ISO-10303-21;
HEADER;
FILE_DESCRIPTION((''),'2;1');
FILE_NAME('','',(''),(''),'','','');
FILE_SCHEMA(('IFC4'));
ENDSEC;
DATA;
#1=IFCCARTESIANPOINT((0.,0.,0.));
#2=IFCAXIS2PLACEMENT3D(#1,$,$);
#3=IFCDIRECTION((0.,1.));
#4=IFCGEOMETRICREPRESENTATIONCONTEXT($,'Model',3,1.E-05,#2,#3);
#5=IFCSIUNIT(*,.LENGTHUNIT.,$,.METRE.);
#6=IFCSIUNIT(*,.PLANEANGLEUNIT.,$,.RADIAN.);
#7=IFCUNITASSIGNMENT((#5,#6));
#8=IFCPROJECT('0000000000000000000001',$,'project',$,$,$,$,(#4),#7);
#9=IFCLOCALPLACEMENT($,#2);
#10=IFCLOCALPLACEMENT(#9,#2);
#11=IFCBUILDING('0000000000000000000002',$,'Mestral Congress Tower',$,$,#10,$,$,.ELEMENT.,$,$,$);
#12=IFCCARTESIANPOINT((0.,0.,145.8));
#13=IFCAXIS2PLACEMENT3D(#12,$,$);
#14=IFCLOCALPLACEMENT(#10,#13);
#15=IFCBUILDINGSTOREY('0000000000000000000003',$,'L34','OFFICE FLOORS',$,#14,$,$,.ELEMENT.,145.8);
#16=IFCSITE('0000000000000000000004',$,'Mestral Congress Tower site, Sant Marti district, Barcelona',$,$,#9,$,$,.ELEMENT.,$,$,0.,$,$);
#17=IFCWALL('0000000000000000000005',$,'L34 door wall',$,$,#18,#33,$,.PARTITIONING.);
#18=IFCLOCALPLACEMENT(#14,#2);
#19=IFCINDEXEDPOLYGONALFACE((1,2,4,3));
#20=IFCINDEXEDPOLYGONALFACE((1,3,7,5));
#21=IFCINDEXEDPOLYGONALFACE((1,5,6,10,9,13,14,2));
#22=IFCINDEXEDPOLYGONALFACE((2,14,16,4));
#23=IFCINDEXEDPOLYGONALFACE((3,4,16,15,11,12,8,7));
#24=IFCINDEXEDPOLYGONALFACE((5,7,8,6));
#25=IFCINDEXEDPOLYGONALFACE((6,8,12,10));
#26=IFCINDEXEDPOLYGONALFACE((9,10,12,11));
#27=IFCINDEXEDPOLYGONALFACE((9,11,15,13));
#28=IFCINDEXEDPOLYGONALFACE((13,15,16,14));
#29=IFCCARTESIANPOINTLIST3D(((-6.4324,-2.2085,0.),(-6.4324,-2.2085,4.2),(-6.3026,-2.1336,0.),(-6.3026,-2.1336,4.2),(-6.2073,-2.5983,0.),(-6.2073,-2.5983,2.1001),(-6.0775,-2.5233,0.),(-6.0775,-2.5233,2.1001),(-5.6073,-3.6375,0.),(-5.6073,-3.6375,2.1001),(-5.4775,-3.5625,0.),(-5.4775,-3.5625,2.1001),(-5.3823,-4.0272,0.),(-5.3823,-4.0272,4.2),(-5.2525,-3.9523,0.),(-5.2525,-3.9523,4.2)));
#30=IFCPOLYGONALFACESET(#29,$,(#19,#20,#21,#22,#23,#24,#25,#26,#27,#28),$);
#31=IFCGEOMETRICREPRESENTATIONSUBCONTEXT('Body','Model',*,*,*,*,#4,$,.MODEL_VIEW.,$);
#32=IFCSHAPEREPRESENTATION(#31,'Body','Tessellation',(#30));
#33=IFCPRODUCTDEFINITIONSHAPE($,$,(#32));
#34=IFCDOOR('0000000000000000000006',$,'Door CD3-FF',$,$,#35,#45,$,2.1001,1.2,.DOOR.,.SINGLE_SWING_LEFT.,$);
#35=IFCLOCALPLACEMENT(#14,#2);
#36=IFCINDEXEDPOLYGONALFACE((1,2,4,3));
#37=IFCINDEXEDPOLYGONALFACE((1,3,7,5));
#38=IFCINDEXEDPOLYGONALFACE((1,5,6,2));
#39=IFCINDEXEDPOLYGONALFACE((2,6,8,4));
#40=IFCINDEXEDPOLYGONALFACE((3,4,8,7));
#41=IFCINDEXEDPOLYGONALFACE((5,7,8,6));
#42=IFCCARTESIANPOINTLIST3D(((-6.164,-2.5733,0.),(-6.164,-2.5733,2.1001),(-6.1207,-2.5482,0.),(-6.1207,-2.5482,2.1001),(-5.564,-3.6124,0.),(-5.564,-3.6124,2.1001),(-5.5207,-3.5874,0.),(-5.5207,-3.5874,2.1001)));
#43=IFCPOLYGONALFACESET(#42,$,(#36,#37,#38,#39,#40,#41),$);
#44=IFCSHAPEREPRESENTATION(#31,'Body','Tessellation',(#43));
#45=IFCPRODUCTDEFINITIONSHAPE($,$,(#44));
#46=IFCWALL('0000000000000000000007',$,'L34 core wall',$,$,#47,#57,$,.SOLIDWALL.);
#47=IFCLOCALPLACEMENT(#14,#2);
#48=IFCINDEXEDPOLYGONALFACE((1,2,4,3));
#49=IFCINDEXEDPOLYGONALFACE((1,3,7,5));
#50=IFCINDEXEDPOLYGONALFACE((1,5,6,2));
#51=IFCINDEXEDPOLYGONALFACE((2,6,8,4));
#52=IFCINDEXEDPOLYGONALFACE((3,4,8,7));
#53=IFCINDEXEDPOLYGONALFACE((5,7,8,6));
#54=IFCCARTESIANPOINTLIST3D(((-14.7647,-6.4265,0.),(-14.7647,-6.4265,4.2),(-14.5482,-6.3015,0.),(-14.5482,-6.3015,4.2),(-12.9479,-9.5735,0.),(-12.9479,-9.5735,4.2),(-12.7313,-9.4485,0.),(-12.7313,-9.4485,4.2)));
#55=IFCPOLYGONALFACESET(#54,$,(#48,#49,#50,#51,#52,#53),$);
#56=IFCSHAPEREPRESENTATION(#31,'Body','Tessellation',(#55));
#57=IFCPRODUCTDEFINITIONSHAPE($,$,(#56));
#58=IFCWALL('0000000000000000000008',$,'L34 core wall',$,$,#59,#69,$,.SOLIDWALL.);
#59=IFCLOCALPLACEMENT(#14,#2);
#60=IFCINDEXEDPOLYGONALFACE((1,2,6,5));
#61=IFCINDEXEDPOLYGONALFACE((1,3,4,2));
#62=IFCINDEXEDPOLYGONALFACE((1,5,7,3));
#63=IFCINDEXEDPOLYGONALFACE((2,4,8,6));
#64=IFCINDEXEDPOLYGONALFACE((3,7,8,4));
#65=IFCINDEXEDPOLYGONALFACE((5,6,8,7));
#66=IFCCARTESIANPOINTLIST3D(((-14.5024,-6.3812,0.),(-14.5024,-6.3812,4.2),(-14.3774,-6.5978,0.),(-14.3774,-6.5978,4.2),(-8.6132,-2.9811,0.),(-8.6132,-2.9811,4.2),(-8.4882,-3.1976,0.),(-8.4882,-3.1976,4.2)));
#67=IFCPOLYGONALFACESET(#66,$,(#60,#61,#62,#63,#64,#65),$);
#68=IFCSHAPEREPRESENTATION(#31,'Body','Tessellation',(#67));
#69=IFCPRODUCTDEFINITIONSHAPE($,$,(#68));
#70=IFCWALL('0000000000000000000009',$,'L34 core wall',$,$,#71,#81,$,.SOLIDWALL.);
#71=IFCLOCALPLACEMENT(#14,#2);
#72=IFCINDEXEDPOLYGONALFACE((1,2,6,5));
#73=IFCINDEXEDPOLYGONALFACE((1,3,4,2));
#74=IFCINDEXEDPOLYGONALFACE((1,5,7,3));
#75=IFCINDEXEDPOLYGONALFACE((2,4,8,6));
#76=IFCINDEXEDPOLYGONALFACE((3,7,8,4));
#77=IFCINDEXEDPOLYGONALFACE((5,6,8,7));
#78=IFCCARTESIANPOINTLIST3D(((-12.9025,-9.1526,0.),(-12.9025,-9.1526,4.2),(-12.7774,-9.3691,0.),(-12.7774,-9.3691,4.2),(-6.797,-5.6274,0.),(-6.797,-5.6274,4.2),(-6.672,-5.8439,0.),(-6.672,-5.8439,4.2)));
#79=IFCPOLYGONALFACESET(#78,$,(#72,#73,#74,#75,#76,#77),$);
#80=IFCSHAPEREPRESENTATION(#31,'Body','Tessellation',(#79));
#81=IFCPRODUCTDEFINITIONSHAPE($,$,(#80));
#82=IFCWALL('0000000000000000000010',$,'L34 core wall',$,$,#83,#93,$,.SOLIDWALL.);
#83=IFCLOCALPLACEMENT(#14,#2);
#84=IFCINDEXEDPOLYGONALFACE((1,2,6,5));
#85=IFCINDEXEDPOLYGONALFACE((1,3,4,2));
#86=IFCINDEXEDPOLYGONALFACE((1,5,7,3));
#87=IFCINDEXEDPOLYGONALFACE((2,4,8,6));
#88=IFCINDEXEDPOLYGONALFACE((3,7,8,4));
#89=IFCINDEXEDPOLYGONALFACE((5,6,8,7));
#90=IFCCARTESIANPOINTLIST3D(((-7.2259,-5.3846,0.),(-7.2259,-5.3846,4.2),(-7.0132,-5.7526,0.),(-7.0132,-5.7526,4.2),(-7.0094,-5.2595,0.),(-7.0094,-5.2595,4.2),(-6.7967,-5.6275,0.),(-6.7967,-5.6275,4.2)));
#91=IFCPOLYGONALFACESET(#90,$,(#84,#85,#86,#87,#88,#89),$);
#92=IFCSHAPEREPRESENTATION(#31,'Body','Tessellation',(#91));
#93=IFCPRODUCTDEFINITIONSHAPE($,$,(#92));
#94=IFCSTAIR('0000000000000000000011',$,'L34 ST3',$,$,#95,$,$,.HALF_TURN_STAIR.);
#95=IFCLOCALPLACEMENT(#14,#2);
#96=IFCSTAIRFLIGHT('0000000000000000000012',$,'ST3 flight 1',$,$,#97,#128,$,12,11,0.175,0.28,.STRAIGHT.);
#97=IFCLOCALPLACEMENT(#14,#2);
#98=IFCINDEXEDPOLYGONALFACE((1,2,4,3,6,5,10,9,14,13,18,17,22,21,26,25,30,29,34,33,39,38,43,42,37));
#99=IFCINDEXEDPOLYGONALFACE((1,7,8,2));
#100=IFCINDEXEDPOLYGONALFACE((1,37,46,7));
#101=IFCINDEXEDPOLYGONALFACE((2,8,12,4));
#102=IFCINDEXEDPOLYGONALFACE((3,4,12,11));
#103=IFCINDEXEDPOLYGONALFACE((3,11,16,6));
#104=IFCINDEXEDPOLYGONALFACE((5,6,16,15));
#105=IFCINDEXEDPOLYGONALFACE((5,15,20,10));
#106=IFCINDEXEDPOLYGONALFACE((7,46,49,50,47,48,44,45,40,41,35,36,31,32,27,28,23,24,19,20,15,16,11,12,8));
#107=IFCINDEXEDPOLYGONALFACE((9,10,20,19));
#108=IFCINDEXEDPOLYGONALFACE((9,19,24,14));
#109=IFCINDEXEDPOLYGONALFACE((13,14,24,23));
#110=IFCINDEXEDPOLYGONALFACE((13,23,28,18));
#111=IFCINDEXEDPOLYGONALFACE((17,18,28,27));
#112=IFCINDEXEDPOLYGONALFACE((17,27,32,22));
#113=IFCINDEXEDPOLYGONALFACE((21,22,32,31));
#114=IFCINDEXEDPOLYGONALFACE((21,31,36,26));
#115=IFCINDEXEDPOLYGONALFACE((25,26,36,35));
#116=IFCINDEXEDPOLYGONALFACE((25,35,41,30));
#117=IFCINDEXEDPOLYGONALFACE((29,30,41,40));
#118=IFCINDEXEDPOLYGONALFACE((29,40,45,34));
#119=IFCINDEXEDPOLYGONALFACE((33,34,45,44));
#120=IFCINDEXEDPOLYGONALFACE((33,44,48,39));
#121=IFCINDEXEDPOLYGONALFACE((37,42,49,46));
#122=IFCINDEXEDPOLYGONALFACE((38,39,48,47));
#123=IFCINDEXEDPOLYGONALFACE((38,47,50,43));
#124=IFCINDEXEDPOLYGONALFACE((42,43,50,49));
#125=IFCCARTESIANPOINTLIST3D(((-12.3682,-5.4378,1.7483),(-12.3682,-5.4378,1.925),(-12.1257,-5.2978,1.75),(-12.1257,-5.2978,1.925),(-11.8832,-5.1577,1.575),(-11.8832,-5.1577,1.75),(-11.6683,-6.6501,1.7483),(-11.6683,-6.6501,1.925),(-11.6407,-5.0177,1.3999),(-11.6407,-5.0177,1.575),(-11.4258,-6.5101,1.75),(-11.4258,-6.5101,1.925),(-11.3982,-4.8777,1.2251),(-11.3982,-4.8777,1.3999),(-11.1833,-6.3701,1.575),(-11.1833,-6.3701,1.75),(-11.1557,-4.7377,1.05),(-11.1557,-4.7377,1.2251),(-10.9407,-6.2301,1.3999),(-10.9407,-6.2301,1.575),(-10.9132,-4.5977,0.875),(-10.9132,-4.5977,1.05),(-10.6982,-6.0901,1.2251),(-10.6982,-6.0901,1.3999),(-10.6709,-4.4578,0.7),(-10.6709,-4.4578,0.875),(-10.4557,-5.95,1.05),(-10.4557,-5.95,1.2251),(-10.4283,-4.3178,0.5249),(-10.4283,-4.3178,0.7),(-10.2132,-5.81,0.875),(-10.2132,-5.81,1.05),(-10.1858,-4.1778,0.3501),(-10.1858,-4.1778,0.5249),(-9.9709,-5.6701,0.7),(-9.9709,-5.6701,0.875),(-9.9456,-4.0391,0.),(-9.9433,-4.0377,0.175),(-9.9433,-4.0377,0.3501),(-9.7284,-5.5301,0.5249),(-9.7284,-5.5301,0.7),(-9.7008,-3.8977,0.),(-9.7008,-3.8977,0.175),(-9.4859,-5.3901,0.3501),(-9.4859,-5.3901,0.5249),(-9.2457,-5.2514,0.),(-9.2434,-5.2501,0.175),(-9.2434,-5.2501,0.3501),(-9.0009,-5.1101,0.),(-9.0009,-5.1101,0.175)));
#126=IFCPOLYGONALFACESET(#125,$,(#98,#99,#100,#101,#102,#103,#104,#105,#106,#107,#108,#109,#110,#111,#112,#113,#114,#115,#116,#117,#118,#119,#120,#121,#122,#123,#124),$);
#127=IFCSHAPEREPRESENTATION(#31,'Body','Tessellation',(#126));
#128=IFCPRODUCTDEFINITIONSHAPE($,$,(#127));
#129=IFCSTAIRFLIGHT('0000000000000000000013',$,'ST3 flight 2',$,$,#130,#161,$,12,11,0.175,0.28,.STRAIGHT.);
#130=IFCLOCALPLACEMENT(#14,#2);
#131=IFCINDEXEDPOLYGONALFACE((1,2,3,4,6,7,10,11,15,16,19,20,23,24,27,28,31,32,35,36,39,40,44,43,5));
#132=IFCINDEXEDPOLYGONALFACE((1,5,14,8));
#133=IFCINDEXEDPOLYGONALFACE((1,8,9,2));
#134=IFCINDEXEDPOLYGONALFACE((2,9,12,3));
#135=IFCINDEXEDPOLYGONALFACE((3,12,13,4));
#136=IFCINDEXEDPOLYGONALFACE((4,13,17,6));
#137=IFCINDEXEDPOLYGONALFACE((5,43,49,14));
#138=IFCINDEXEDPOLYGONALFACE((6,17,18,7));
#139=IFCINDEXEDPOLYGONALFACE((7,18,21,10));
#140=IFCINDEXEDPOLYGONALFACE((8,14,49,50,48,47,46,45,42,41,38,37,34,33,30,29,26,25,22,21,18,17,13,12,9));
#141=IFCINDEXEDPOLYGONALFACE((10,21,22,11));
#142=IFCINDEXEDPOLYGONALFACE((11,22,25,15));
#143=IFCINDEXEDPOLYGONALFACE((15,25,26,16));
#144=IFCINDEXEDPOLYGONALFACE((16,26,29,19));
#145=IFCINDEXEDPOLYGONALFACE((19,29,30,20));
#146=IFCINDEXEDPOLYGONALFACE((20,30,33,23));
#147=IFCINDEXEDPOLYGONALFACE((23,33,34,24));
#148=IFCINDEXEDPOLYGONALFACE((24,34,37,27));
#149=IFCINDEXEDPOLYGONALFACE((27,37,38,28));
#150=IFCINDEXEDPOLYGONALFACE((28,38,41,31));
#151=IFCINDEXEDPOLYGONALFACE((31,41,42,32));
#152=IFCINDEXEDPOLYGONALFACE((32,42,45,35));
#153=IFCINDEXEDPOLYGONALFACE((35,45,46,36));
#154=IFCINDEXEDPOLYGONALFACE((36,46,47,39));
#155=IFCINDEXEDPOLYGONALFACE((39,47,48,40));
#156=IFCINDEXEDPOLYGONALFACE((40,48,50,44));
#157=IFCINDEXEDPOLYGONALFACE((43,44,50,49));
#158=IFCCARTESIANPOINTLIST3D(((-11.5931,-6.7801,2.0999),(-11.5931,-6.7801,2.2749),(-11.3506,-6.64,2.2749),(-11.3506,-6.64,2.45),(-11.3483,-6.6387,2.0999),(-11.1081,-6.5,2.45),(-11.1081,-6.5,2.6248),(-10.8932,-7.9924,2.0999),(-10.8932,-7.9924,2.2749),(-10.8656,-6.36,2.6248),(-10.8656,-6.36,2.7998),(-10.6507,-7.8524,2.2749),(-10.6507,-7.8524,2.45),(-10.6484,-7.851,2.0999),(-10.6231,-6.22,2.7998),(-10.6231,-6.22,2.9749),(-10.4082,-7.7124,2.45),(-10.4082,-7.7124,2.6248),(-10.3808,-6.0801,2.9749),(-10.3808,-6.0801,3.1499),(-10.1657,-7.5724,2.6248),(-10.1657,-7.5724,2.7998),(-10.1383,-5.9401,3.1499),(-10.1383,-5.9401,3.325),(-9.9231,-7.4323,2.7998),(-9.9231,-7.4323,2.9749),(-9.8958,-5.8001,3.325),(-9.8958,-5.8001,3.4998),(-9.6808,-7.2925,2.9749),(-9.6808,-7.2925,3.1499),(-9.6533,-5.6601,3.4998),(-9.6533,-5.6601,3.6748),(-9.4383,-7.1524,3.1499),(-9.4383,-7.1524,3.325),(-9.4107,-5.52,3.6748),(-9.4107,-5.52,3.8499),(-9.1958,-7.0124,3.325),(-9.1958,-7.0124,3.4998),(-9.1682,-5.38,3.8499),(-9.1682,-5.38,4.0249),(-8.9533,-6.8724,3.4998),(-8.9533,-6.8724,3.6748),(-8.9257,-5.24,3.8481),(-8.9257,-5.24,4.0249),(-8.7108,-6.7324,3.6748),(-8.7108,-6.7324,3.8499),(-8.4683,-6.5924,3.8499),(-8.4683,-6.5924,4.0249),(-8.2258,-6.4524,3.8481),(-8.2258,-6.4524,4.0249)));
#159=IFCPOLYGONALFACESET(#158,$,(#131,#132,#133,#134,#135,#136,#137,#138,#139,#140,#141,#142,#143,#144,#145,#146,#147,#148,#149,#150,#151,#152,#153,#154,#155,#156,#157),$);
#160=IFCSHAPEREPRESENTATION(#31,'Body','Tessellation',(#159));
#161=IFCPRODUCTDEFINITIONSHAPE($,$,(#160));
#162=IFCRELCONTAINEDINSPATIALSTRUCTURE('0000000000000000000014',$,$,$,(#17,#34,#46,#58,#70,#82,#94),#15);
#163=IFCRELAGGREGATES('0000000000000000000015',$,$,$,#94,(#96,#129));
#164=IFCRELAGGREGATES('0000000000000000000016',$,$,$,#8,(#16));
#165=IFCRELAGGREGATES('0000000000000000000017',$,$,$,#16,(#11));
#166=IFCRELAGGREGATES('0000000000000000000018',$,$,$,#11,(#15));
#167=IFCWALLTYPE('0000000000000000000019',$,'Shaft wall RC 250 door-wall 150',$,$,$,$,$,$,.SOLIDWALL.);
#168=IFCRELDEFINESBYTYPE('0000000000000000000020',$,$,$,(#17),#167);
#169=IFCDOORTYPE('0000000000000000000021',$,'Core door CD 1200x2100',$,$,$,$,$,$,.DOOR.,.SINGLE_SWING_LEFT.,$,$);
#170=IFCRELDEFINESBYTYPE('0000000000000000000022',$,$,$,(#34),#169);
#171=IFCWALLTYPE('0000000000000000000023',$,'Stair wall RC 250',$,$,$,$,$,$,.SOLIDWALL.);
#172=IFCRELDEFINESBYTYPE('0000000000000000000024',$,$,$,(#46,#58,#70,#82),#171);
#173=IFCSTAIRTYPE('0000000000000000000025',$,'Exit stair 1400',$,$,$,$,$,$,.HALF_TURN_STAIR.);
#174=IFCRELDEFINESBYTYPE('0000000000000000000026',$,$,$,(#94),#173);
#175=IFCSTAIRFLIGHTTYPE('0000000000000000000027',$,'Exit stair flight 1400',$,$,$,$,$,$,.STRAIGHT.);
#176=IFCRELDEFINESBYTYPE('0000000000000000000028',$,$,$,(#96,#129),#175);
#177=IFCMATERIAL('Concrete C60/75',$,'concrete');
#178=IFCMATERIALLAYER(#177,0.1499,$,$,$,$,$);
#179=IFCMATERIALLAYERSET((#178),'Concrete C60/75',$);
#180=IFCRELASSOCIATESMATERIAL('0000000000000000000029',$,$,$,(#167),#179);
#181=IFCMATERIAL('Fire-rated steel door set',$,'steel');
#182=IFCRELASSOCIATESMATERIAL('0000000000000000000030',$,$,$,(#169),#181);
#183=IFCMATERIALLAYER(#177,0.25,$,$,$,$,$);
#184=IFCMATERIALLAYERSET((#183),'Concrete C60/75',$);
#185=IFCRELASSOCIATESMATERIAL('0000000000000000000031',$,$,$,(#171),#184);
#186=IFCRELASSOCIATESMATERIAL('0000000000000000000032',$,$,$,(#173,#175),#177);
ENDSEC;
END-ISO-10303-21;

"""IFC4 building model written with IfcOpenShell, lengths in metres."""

from ifc_helpers import new_model, si_unit, direction, frame, frame_2d, origin, place, context, subcontext, project, spatial, polyline, rectangle, outline, extrude, material, layer, layer_set, type_object, element, fill, aggregate, save


model = new_model("IFC4")

# Units and contexts
model_context = context("Model", 3, precision=1e-05, world=origin(), true_north=direction((0.0, 1.0)))
body_context = subcontext(model_context, "Body", "Model", "MODEL_VIEW")
ifc_project = project(units=[si_unit("LENGTHUNIT", "METRE"), si_unit("PLANEANGLEUNIT", "RADIAN")], contexts=[model_context])

# Site, building, storey
site_placement = place(None, origin())
site = spatial("IfcSite", under=ifc_project, at=site_placement, Name="Mestral Congress Tower site, Sant Marti district, Barcelona", CompositionType="ELEMENT", RefElevation=0.0)
building_placement = place(site_placement, origin())
building = spatial("IfcBuilding", under=site, at=building_placement, Name="Mestral Congress Tower", CompositionType="ELEMENT")
storey_placement = place(building_placement, frame((0.0, 0.0, 145.8)))
storey = spatial("IfcBuildingStorey", under=building, at=storey_placement, Name="L34", Description="OFFICE FLOORS", CompositionType="ELEMENT", Elevation=145.8)

# Shared definitions
ifc_material_1 = material(Name="Concrete C60/75", Category="concrete")

# Shared definitions
ifc_material_2 = material(Name="Fire-rated steel door set", Category="steel")

# Shared definitions
ifc_layer_1 = layer(ifc_material_1, 0.1499)
ifc_layer_set_1 = layer_set([ifc_layer_1], Name="Concrete C60/75")
wall_type_1 = type_object("IfcWallType", Name="Shaft wall RC 250 door-wall 150", PredefinedType="SOLIDWALL", material=ifc_layer_set_1)

# Wall, opening, door
wall_1_placement = place(storey_placement, frame((-5.3174, -3.9897, 0.0), z_axis=(0.0, 0.0, 1.0), x_axis=(-0.500028, 0.866009, 0.0)))
wall_1 = element("IfcWall", 1, at=wall_1_placement, inside=storey, type_object=wall_type_1, Name="L34 door wall", PredefinedType="PARTITIONING", context=body_context, shape_type="SweptSolid", body=[
    extrude(rectangle(XDim=2.1001, YDim=0.1499, at=frame_2d((1.05, 0.0))), origin(), (0.0, 0.0, 1.0), 4.2),
])
opening_1_placement = place(wall_1_placement, frame((0.45, 0.0, 0.0)))
opening_1 = element("IfcOpeningElement", 2, at=opening_1_placement, cuts=wall_1, PredefinedType="OPENING", context=body_context, shape_type="SweptSolid", body=[
    extrude(rectangle(XDim=1.2, YDim=2.1001, at=frame_2d((0.6001, 1.05))), frame((0.0, 0.085, 0.0), z_axis=(0.0, -1.0, 0.0), x_axis=(1.0, 0.0, 0.0)), (0.0, 0.0, 1.0), 0.1699),
])
door_type_1 = type_object("IfcDoorType", Name="Core door CD 1200x2100", OperationType="SINGLE_SWING_LEFT", PredefinedType="DOOR", material=ifc_material_2)
door_1_placement = place(opening_1_placement, origin())
door_1 = element("IfcDoor", 3, at=door_1_placement, inside=storey, type_object=door_type_1, Name="Door CD3-FF", OperationType="SINGLE_SWING_LEFT", OverallHeight=2.1001, OverallWidth=1.2, PredefinedType="DOOR", context=body_context, shape_type="SweptSolid", body=[
    extrude(rectangle(XDim=1.2, YDim=2.1001, at=frame_2d((0.6001, 1.05))), frame((0.0, 0.0249, 0.0), z_axis=(0.0, -1.0, 0.0), x_axis=(1.0, 0.0, 0.0)), (0.0, 0.0, 1.0), 0.05),
])
fill(opening_1, door_1)

# Walls
ifc_layer_2 = layer(ifc_material_1, 0.25)
ifc_layer_set_2 = layer_set([ifc_layer_2], Name="Concrete C60/75")
wall_type_2 = type_object("IfcWallType", Name="Stair wall RC 250", PredefinedType="SOLIDWALL", material=ifc_layer_set_2)
wall_2_placement = place(storey_placement, frame((-12.8396, -9.511, 0.0), z_axis=(0.0, 0.0, 1.0), x_axis=(-0.499998, 0.866027, 0.0)))
element("IfcWall", 4, at=wall_2_placement, inside=storey, type_object=wall_type_2, Name="L34 core wall", PredefinedType="SOLIDWALL", context=body_context, shape_type="SweptSolid", body=[
    extrude(rectangle(XDim=3.6338, YDim=0.25, at=frame_2d((1.8169, 0.0))), origin(), (0.0, 0.0, 1.0), 4.2),
])
wall_3_placement = place(storey_placement, frame((-14.4399, -6.4895, 0.0), z_axis=(0.0, 0.0, 1.0), x_axis=(0.866023, 0.500004, 0.0)))
element("IfcWall", 5, at=wall_3_placement, inside=storey, type_object=wall_type_2, Name="L34 core wall", PredefinedType="SOLIDWALL", context=body_context, shape_type="SweptSolid", body=[
    extrude(rectangle(XDim=6.8003, YDim=0.25, at=frame_2d((3.4001, 0.0))), origin(), (0.0, 0.0, 1.0), 4.2),
])
wall_4_placement = place(storey_placement, frame((-12.8398, -9.2607, 0.0), z_axis=(0.0, 0.0, 1.0), x_axis=(0.866016, 0.500016, 0.0)))
element("IfcWall", 6, at=wall_4_placement, inside=storey, type_object=wall_type_2, Name="L34 core wall", PredefinedType="SOLIDWALL", context=body_context, shape_type="SweptSolid", body=[
    extrude(rectangle(XDim=7.05, YDim=0.25, at=frame_2d((3.5249, 0.0))), origin(), (0.0, 0.0, 1.0), 4.2),
])
wall_5_placement = place(storey_placement, frame((-6.905, -5.6899, 0.0), z_axis=(0.0, 0.0, 1.0), x_axis=(-0.500402, 0.865793, 0.0)))
element("IfcWall", 7, at=wall_5_placement, inside=storey, type_object=wall_type_2, Name="L34 core wall", PredefinedType="SOLIDWALL", context=body_context, shape_type="SweptSolid", body=[
    extrude(rectangle(XDim=0.425, YDim=0.25, at=frame_2d((0.2124, 0.0))), origin(), (0.0, 0.0, 1.0), 4.2),
])

# Stair, stair flights
stair_type = type_object("IfcStairType", Name="Exit stair 1400", PredefinedType="HALF_TURN_STAIR", material=ifc_material_1)
stair_placement = place(storey_placement, origin())
stair = element("IfcStair", 8, at=stair_placement, inside=storey, type_object=stair_type, Name="L34 ST3", PredefinedType="HALF_TURN_STAIR")
stair_flight_type = type_object("IfcStairFlightType", Name="Exit stair flight 1400", PredefinedType="STRAIGHT", material=ifc_material_1)
stair_flight_1_placement = place(storey_placement, frame((-9.3508, -4.5039, 0.0), z_axis=(0.0, 0.0, 1.0), x_axis=(-0.866025, -0.5, 0.0)))
stair_flight_1 = element("IfcStairFlight", 9, at=stair_flight_1_placement, type_object=stair_flight_type, Name="ST3 flight 1", NumberOfRisers=12, NumberOfTreads=11, PredefinedType="STRAIGHT", RiserHeight=0.175, TreadLength=0.28, context=body_context, shape_type="SweptSolid", body=[
    extrude(outline(polyline([(0.0, 0.0), (0.0, 0.175), (0.28, 0.175), (0.28, 0.3501), (0.5601, 0.3501), (0.5601, 0.5249), (0.8401, 0.5249), (0.8401, 0.7), (1.1201, 0.7), (1.1201, 0.875), (1.3999, 0.875), (1.3999, 1.05), (1.6799, 1.05), (1.6799, 1.2251), (1.96, 1.2251), (1.96, 1.3999), (2.24, 1.3999), (2.24, 1.575), (2.52, 1.575), (2.52, 1.75), (2.8, 1.75), (2.8, 1.925), (3.0801, 1.925), (3.0801, 2.1001), (3.0801, 1.7483), (0.2827, 0.0), (0.0, 0.0)])), frame((0.0, 0.7, 0.0), z_axis=(0.0, -1.0, 0.0), x_axis=(1.0, 0.0, 0.0)), (0.0, 0.0, 1.0), 1.3999),
])
stair_flight_2_placement = place(storey_placement, frame((-11.2432, -7.3862, 2.0999), z_axis=(0.0, 0.0, 1.0), x_axis=(0.866025, 0.5, 0.0)))
stair_flight_2 = element("IfcStairFlight", 10, at=stair_flight_2_placement, type_object=stair_flight_type, Name="ST3 flight 2", NumberOfRisers=12, NumberOfTreads=11, PredefinedType="STRAIGHT", RiserHeight=0.175, TreadLength=0.28, context=body_context, shape_type="SweptSolid", body=[
    extrude(outline(polyline([(0.0, 0.0), (0.0, 0.175), (0.28, 0.175), (0.28, 0.3501), (0.5601, 0.3501), (0.5601, 0.5249), (0.8401, 0.5249), (0.8401, 0.7), (1.1201, 0.7), (1.1201, 0.875), (1.3999, 0.875), (1.3999, 1.05), (1.6799, 1.05), (1.6799, 1.2251), (1.96, 1.2251), (1.96, 1.3999), (2.24, 1.3999), (2.24, 1.575), (2.52, 1.575), (2.52, 1.75), (2.8, 1.75), (2.8, 1.925), (3.0801, 1.925), (3.0801, 2.1001), (3.0801, 1.7483), (0.2827, 0.0), (0.0, 0.0)])), frame((0.0, 0.7, 0.0), z_axis=(0.0, -1.0, 0.0), x_axis=(1.0, 0.0, 0.0)), (0.0, 0.0, 1.0), 1.3999),
])
aggregate(stair, [stair_flight_1, stair_flight_2])

save(model, "model.ifc")
